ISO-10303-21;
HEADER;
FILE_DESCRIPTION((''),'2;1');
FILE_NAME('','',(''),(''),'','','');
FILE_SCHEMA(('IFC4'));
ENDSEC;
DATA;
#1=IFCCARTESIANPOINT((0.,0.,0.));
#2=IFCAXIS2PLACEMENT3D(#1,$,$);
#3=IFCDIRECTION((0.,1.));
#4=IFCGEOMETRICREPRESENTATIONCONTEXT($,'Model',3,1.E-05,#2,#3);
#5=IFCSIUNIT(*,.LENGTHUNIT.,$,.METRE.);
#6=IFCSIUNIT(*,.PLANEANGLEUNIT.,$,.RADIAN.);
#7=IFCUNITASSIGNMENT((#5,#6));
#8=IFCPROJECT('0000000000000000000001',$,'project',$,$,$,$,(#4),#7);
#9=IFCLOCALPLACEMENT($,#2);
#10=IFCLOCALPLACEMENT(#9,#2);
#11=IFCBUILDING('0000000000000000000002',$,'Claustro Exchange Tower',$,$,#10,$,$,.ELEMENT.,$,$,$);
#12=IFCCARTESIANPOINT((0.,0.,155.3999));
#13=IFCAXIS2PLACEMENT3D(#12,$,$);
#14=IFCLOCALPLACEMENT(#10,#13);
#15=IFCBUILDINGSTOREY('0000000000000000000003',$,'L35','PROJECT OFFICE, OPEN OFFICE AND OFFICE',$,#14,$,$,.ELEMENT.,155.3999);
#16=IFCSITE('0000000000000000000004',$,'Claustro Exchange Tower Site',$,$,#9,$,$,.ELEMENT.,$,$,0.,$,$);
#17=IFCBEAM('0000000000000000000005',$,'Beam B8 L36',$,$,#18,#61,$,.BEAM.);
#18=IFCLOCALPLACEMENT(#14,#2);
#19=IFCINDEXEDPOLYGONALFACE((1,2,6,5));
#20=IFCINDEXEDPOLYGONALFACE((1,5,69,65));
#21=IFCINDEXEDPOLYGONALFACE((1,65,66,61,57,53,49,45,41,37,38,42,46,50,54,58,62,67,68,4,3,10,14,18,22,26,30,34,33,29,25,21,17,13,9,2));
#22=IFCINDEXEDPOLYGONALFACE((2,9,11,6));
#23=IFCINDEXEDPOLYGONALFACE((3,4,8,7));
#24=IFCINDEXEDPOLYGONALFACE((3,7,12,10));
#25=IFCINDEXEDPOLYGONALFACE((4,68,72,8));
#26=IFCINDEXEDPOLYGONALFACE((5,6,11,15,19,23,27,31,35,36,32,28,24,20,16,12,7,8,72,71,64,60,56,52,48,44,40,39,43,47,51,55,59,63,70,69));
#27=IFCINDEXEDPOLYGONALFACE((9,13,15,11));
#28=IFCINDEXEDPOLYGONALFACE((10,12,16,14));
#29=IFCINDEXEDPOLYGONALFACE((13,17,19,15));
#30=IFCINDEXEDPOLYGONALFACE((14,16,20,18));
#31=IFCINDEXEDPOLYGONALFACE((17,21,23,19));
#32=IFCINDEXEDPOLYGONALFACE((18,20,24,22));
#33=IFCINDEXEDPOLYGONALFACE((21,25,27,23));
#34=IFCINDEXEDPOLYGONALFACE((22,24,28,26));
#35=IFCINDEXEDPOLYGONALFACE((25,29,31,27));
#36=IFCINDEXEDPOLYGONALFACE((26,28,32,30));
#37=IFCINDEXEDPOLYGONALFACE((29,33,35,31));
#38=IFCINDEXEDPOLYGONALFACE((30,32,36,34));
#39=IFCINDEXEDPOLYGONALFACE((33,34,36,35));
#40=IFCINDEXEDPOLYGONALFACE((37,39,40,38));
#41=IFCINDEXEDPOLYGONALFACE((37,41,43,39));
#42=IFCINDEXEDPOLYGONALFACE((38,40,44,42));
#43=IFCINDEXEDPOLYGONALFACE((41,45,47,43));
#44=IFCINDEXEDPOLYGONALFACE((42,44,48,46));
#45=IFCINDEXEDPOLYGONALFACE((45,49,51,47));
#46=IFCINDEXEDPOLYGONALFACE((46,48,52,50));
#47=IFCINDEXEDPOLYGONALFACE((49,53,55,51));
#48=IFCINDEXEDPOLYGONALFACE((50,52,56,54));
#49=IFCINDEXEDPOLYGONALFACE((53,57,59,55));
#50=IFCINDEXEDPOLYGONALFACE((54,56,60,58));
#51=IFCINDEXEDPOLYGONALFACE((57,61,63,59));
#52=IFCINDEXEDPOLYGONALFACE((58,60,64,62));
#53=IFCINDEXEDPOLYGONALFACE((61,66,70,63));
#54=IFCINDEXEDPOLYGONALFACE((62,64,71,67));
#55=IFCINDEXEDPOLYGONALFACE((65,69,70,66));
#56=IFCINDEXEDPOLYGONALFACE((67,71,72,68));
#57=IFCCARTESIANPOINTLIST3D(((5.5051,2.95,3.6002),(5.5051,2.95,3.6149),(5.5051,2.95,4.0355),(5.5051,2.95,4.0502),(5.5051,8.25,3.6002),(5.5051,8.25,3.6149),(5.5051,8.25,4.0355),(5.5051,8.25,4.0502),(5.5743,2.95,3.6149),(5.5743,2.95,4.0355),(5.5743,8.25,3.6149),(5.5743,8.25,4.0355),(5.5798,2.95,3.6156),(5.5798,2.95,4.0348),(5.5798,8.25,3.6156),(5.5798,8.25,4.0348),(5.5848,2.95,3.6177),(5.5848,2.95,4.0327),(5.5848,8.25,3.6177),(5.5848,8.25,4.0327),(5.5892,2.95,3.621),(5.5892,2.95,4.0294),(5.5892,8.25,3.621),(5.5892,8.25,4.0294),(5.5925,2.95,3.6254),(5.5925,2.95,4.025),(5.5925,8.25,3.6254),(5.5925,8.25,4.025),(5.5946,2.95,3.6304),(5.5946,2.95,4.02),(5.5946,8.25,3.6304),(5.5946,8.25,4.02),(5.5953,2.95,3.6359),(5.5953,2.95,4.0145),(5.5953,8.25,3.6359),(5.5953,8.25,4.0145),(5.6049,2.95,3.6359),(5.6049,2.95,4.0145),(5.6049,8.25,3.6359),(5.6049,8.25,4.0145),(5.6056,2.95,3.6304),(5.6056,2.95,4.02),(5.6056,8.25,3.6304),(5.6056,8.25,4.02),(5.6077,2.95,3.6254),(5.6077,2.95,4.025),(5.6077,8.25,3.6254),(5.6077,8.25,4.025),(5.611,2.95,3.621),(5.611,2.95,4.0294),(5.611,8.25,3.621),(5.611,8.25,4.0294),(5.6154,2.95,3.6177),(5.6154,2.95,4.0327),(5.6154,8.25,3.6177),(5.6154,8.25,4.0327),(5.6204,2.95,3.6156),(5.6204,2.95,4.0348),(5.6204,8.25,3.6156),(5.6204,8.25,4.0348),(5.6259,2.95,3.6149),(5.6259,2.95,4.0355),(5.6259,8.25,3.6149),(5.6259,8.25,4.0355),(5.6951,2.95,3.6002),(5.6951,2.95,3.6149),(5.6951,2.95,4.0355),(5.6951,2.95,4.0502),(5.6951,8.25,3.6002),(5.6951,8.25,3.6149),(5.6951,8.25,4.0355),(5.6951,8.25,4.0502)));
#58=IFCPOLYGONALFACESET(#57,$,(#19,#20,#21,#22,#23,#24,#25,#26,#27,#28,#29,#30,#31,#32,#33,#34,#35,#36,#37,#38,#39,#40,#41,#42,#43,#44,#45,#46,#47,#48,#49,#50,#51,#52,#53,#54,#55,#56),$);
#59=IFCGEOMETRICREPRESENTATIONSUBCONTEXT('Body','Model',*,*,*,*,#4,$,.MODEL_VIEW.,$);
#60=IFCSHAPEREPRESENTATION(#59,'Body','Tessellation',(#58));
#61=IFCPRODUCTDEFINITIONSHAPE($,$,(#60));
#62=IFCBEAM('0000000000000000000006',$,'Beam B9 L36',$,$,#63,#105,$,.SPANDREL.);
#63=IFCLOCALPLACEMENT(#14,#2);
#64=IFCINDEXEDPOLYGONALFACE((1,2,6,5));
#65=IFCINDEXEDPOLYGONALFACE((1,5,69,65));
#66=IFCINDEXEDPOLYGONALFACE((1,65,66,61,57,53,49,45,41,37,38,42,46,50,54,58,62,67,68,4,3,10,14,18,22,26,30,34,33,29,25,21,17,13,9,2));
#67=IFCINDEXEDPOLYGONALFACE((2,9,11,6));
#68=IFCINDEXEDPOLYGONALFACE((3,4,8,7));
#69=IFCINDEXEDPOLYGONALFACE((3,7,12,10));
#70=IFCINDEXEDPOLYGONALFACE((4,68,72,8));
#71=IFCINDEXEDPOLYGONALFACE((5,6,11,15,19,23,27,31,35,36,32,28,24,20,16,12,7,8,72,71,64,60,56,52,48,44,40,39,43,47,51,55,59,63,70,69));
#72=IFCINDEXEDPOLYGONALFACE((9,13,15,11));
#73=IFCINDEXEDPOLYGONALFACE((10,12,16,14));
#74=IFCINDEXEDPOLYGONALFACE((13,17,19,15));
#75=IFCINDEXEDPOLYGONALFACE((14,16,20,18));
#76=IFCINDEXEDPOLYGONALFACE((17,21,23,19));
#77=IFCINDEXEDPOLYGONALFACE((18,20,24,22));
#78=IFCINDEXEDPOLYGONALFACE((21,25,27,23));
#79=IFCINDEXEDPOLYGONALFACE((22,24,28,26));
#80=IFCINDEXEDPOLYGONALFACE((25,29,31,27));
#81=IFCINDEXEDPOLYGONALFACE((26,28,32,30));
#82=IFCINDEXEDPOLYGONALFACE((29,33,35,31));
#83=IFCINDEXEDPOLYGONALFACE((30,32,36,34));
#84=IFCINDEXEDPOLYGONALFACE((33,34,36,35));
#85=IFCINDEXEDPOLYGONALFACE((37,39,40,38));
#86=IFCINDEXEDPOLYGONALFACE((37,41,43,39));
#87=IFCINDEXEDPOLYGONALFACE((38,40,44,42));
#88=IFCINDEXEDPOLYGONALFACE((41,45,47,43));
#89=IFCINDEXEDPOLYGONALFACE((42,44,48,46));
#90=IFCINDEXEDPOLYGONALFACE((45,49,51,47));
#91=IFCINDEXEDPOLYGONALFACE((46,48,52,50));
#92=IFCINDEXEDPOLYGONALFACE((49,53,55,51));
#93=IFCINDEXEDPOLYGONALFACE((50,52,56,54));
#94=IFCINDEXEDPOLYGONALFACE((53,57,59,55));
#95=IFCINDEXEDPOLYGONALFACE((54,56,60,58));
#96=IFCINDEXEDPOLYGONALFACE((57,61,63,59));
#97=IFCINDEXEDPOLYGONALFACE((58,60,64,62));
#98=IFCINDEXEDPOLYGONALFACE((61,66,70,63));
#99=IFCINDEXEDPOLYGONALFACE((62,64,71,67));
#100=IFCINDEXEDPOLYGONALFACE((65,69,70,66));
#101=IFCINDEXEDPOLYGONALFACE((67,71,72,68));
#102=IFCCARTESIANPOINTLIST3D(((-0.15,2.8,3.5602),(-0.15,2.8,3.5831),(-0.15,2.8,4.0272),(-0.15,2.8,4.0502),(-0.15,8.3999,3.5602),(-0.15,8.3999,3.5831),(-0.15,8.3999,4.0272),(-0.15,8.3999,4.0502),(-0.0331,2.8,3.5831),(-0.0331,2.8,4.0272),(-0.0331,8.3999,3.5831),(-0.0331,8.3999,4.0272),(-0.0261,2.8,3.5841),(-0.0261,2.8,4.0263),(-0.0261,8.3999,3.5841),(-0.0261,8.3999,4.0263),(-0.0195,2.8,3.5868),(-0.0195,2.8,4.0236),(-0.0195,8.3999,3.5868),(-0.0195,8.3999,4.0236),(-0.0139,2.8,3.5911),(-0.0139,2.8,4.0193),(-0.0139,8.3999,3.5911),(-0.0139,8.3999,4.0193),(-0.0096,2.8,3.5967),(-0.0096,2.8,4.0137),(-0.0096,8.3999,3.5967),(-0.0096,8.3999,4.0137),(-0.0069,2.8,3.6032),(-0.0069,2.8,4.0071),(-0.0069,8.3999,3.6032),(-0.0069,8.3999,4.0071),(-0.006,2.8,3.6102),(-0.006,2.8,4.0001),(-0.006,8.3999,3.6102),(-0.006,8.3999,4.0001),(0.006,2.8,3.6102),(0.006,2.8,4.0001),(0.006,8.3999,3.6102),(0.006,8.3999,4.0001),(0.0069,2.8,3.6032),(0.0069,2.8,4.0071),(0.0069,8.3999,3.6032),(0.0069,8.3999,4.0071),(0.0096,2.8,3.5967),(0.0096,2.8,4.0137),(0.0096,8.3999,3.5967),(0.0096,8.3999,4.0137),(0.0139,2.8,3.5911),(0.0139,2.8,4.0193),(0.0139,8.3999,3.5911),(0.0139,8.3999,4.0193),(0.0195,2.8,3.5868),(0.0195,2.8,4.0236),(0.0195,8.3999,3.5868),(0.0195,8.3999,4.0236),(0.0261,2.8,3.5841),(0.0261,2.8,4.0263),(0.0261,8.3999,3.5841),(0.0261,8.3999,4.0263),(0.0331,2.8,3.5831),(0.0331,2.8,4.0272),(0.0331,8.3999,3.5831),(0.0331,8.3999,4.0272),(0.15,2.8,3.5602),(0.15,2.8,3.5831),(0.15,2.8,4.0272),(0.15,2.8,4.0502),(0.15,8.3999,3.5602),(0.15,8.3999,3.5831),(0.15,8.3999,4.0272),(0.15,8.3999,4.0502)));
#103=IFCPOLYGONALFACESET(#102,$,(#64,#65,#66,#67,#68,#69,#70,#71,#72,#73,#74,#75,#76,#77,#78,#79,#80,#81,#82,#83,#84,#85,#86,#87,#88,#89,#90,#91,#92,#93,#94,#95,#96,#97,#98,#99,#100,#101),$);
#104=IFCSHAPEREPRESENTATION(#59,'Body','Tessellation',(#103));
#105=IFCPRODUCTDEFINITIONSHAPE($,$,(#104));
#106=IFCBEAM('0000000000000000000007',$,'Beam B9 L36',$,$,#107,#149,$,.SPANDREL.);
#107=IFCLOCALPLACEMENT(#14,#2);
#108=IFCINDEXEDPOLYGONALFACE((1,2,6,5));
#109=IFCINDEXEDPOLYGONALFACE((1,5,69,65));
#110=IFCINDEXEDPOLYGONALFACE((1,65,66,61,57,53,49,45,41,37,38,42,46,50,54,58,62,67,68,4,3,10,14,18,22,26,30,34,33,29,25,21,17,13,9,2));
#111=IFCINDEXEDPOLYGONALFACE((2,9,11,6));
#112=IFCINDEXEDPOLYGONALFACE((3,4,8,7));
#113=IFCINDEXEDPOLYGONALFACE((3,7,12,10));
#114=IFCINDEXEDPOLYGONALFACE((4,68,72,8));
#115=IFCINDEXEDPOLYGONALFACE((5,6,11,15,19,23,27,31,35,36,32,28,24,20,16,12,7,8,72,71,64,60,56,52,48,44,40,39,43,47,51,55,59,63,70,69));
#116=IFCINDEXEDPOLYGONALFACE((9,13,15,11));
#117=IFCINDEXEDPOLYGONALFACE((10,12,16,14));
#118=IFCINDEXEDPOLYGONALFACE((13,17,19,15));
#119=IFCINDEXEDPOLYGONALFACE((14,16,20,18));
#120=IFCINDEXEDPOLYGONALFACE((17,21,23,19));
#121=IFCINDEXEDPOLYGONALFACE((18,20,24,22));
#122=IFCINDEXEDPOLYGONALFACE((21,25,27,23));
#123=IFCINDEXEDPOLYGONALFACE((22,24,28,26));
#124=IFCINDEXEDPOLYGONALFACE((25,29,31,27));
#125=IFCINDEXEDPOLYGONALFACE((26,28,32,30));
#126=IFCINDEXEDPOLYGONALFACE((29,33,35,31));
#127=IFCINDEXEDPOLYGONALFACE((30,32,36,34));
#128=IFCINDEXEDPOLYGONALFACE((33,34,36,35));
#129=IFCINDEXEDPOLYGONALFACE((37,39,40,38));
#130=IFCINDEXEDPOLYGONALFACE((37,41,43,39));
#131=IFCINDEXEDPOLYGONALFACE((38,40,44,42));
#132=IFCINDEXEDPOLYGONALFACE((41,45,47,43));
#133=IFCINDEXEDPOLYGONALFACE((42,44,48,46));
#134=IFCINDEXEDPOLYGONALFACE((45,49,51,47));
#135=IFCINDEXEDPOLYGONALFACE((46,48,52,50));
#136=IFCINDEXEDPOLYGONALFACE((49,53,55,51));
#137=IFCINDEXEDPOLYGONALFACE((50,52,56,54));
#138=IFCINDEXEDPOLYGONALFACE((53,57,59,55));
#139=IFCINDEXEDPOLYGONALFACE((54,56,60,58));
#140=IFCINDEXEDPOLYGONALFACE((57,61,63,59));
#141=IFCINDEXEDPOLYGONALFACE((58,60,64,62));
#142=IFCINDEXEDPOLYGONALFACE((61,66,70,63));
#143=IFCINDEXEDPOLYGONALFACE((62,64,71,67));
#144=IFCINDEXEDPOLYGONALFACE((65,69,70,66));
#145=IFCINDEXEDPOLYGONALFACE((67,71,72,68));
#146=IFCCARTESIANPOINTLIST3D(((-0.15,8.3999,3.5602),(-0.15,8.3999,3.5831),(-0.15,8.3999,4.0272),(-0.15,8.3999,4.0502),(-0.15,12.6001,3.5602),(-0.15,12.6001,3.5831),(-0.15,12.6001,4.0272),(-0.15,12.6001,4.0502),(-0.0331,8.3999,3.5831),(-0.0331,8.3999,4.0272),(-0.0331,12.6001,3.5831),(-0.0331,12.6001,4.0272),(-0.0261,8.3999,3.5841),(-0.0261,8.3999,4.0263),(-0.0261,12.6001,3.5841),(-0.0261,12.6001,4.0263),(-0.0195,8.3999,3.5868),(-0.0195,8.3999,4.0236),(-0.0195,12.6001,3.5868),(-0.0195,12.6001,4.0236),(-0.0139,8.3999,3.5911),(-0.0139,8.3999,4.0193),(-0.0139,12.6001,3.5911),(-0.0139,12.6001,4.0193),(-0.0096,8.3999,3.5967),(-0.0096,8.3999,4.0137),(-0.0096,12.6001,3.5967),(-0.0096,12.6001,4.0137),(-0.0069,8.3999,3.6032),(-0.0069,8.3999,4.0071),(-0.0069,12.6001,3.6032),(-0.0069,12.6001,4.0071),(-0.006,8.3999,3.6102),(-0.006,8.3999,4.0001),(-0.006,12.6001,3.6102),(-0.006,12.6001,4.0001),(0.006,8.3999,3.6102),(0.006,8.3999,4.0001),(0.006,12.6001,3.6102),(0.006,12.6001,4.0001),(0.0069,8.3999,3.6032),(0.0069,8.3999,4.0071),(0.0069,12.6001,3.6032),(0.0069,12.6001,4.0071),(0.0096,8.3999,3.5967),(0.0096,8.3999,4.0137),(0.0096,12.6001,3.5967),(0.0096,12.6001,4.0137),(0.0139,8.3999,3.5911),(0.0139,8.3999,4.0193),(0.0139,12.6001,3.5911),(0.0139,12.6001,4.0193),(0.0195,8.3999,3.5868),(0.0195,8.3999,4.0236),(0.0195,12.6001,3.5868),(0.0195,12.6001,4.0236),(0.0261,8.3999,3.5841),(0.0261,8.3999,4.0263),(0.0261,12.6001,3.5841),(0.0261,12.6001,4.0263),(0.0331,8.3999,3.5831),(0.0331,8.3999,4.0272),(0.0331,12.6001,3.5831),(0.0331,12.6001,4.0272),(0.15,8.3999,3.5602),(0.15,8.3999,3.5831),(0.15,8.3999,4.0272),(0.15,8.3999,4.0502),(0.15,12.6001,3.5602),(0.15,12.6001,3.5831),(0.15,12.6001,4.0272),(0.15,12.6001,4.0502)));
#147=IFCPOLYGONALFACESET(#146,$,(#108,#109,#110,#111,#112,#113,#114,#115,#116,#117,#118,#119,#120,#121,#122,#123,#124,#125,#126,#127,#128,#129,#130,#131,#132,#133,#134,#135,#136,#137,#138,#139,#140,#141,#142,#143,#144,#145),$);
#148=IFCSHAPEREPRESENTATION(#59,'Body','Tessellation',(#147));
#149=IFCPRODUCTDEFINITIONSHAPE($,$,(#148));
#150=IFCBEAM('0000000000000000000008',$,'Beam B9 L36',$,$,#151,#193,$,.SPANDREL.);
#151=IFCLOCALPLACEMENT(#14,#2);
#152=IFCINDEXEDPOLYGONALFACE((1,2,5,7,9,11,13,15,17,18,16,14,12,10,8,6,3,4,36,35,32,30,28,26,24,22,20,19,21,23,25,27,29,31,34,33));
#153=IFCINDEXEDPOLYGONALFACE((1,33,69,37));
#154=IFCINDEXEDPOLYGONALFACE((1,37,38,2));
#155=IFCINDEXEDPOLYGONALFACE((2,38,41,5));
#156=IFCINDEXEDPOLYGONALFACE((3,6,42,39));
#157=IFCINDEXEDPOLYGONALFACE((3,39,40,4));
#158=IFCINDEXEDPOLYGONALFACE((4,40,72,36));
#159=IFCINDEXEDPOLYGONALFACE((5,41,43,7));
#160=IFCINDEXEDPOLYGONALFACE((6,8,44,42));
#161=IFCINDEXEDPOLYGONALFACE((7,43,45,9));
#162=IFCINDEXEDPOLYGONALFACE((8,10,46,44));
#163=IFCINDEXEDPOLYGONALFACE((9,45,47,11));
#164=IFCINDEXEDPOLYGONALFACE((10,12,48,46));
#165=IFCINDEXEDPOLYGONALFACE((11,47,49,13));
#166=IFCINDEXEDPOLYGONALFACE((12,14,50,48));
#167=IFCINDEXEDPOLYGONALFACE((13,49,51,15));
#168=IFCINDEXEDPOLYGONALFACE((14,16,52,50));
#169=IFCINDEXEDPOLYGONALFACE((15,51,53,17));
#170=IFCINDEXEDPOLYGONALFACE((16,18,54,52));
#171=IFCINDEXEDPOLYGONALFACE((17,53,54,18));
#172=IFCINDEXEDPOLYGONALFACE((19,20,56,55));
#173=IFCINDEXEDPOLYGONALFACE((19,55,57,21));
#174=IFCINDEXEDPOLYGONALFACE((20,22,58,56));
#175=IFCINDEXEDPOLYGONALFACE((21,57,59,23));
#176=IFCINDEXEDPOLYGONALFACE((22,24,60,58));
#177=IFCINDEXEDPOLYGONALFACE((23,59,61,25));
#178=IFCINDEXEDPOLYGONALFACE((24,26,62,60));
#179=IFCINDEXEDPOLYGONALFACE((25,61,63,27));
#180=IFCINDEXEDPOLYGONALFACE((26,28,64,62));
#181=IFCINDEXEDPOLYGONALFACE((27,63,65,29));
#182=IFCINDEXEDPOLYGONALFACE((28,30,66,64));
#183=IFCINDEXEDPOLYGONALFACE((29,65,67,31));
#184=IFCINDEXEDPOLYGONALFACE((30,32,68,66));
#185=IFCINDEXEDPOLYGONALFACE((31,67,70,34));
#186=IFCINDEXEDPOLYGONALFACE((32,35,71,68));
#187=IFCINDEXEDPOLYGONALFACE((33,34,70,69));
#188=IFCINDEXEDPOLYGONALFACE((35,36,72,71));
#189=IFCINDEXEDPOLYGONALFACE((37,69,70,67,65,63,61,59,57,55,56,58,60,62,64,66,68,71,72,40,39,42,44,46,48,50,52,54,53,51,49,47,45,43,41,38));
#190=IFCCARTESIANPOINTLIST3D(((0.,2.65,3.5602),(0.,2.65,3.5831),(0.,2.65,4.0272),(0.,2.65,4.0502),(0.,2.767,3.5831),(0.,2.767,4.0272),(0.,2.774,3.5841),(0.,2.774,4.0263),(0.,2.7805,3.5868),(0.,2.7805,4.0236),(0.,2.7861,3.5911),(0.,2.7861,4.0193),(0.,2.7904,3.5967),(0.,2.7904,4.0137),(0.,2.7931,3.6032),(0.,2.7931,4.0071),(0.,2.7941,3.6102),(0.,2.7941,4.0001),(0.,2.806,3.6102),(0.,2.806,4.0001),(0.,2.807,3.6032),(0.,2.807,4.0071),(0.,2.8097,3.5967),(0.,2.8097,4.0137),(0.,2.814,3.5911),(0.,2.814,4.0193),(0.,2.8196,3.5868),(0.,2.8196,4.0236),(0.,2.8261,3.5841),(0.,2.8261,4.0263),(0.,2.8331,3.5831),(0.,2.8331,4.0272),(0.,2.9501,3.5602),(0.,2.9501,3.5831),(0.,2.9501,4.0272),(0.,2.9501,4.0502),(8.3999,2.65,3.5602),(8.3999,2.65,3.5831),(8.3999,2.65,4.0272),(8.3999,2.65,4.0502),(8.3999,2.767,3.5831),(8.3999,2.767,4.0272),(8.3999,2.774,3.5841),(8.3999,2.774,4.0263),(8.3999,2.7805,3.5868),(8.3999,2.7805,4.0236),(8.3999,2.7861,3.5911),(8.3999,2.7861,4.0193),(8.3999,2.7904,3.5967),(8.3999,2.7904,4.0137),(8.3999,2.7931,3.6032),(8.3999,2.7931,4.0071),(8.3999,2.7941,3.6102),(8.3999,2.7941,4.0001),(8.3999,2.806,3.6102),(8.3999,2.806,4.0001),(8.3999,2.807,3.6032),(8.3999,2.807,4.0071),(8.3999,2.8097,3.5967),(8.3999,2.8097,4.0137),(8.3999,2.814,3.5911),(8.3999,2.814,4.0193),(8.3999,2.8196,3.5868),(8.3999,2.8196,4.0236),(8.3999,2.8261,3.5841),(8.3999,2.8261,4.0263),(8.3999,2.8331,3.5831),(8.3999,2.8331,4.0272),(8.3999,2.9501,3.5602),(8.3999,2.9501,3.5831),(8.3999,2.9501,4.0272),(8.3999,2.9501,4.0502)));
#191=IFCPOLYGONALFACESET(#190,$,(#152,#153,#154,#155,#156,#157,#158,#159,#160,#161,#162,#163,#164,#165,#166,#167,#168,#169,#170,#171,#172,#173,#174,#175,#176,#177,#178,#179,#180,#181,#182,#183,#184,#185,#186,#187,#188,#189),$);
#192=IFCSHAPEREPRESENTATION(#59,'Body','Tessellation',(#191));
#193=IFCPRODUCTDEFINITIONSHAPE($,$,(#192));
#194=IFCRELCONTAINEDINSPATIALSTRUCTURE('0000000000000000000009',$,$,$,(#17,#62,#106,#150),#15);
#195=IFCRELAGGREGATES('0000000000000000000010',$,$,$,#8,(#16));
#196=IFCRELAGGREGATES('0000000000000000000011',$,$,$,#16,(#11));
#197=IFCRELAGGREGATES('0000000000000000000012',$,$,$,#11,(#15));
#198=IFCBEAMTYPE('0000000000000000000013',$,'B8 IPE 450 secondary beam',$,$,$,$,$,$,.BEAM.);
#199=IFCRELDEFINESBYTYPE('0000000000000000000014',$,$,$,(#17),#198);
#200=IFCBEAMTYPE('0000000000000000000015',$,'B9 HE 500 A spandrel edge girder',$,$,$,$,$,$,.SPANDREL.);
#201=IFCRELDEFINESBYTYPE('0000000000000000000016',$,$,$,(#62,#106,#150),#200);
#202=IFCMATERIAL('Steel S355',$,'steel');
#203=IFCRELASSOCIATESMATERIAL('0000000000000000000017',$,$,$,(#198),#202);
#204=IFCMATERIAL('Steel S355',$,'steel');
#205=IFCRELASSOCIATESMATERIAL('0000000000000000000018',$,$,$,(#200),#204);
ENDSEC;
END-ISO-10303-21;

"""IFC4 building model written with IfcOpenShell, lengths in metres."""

from ifc_helpers import new_model, si_unit, direction, frame, origin, origin_2d, place, context, subcontext, project, spatial, i_section, extrude, material, material_profile, profile_set, type_object, element, save


model = new_model("IFC4")

# Units and contexts
model_context = context("Model", 3, precision=1e-05, world=origin(), true_north=direction((0.0, 1.0)))
body_context = subcontext(model_context, "Body", "Model", "MODEL_VIEW")
ifc_project = project(units=[si_unit("LENGTHUNIT", "METRE"), si_unit("PLANEANGLEUNIT", "RADIAN")], contexts=[model_context])

# Site, building, storey
site_placement = place(None, origin())
site = spatial("IfcSite", under=ifc_project, at=site_placement, Name="Claustro Exchange Tower Site", CompositionType="ELEMENT", RefElevation=0.0)
building_placement = place(site_placement, origin())
building = spatial("IfcBuilding", under=site, at=building_placement, Name="Claustro Exchange Tower", CompositionType="ELEMENT")
storey_placement = place(building_placement, frame((0.0, 0.0, 155.3999)))
storey = spatial("IfcBuildingStorey", under=building, at=storey_placement, Name="L35", Description="PROJECT OFFICE, OPEN OFFICE AND OFFICE", CompositionType="ELEMENT", Elevation=155.3999)

# Beams
ifc_material_1 = material(Name="Steel S355", Category="steel")
ifc_material_profile_1 = material_profile(ifc_material_1, i_section(OverallWidth=0.1899, OverallDepth=0.45, WebThickness=0.0095, FlangeThickness=0.0146, FilletRadius=0.021, at=origin_2d()), Name="IPE 450")
ifc_profile_set_1 = profile_set([ifc_material_profile_1], Name="Steel S355")
beam_type_1 = type_object("IfcBeamType", Name="B8 IPE 450 secondary beam", PredefinedType="BEAM", material=ifc_profile_set_1)
for number, where, z_axis, x_axis, name in (
    (1, (5.6001, 2.95, 3.8252), (0.0, 1.0, 0.0), (-1.0, 0.0, 0.0), "Beam B8 L36"),
):
    element("IfcBeam", number, at=place(storey_placement, frame(where, z_axis=z_axis, x_axis=x_axis)), inside=storey, type_object=beam_type_1, Name=name, PredefinedType="BEAM", context=body_context, shape_type="SweptSolid", body=[
        extrude(i_section(OverallWidth=0.1899, OverallDepth=0.45, WebThickness=0.0095, FlangeThickness=0.0146, FilletRadius=0.021, at=origin_2d()), origin(), (0.0, 0.0, 1.0), 5.3),
    ])
ifc_material_2 = material(Name="Steel S355", Category="steel")
ifc_material_profile_2 = material_profile(ifc_material_2, i_section(OverallWidth=0.3, OverallDepth=0.49, WebThickness=0.012, FlangeThickness=0.0229, FilletRadius=0.0271, at=origin_2d()), Name="HE 500 A")
ifc_profile_set_2 = profile_set([ifc_material_profile_2], Name="Steel S355")
beam_type_2 = type_object("IfcBeamType", Name="B9 HE 500 A spandrel edge girder", PredefinedType="SPANDREL", material=ifc_profile_set_2)
beam_1_placement = place(storey_placement, frame((0.0, 2.8, 3.8052), z_axis=(0.0, 1.0, 0.0), x_axis=(-1.0, 0.0, 0.0)))
element("IfcBeam", 2, at=beam_1_placement, inside=storey, type_object=beam_type_2, Name="Beam B9 L36", PredefinedType="SPANDREL", context=body_context, shape_type="SweptSolid", body=[
    extrude(i_section(OverallWidth=0.3, OverallDepth=0.49, WebThickness=0.012, FlangeThickness=0.0229, FilletRadius=0.0271, at=origin_2d()), origin(), (0.0, 0.0, 1.0), 5.5999),
])
beam_2_placement = place(storey_placement, frame((0.0, 8.3999, 3.8052), z_axis=(0.0, 1.0, 0.0), x_axis=(-1.0, 0.0, 0.0)))
element("IfcBeam", 3, at=beam_2_placement, inside=storey, type_object=beam_type_2, Name="Beam B9 L36", PredefinedType="SPANDREL", context=body_context, shape_type="SweptSolid", body=[
    extrude(i_section(OverallWidth=0.3, OverallDepth=0.49, WebThickness=0.012, FlangeThickness=0.0229, FilletRadius=0.0271, at=origin_2d()), origin(), (0.0, 0.0, 1.0), 4.2002),
])
beam_3_placement = place(storey_placement, frame((0.0, 2.8, 3.8052), z_axis=(1.0, 0.0, 0.0), x_axis=(0.0, 1.0, 0.0)))
element("IfcBeam", 4, at=beam_3_placement, inside=storey, type_object=beam_type_2, Name="Beam B9 L36", PredefinedType="SPANDREL", context=body_context, shape_type="SweptSolid", body=[
    extrude(i_section(OverallWidth=0.3, OverallDepth=0.49, WebThickness=0.012, FlangeThickness=0.0229, FilletRadius=0.0271, at=origin_2d()), origin(), (0.0, 0.0, 1.0), 8.3999),
])

save(model, "model.ifc")
